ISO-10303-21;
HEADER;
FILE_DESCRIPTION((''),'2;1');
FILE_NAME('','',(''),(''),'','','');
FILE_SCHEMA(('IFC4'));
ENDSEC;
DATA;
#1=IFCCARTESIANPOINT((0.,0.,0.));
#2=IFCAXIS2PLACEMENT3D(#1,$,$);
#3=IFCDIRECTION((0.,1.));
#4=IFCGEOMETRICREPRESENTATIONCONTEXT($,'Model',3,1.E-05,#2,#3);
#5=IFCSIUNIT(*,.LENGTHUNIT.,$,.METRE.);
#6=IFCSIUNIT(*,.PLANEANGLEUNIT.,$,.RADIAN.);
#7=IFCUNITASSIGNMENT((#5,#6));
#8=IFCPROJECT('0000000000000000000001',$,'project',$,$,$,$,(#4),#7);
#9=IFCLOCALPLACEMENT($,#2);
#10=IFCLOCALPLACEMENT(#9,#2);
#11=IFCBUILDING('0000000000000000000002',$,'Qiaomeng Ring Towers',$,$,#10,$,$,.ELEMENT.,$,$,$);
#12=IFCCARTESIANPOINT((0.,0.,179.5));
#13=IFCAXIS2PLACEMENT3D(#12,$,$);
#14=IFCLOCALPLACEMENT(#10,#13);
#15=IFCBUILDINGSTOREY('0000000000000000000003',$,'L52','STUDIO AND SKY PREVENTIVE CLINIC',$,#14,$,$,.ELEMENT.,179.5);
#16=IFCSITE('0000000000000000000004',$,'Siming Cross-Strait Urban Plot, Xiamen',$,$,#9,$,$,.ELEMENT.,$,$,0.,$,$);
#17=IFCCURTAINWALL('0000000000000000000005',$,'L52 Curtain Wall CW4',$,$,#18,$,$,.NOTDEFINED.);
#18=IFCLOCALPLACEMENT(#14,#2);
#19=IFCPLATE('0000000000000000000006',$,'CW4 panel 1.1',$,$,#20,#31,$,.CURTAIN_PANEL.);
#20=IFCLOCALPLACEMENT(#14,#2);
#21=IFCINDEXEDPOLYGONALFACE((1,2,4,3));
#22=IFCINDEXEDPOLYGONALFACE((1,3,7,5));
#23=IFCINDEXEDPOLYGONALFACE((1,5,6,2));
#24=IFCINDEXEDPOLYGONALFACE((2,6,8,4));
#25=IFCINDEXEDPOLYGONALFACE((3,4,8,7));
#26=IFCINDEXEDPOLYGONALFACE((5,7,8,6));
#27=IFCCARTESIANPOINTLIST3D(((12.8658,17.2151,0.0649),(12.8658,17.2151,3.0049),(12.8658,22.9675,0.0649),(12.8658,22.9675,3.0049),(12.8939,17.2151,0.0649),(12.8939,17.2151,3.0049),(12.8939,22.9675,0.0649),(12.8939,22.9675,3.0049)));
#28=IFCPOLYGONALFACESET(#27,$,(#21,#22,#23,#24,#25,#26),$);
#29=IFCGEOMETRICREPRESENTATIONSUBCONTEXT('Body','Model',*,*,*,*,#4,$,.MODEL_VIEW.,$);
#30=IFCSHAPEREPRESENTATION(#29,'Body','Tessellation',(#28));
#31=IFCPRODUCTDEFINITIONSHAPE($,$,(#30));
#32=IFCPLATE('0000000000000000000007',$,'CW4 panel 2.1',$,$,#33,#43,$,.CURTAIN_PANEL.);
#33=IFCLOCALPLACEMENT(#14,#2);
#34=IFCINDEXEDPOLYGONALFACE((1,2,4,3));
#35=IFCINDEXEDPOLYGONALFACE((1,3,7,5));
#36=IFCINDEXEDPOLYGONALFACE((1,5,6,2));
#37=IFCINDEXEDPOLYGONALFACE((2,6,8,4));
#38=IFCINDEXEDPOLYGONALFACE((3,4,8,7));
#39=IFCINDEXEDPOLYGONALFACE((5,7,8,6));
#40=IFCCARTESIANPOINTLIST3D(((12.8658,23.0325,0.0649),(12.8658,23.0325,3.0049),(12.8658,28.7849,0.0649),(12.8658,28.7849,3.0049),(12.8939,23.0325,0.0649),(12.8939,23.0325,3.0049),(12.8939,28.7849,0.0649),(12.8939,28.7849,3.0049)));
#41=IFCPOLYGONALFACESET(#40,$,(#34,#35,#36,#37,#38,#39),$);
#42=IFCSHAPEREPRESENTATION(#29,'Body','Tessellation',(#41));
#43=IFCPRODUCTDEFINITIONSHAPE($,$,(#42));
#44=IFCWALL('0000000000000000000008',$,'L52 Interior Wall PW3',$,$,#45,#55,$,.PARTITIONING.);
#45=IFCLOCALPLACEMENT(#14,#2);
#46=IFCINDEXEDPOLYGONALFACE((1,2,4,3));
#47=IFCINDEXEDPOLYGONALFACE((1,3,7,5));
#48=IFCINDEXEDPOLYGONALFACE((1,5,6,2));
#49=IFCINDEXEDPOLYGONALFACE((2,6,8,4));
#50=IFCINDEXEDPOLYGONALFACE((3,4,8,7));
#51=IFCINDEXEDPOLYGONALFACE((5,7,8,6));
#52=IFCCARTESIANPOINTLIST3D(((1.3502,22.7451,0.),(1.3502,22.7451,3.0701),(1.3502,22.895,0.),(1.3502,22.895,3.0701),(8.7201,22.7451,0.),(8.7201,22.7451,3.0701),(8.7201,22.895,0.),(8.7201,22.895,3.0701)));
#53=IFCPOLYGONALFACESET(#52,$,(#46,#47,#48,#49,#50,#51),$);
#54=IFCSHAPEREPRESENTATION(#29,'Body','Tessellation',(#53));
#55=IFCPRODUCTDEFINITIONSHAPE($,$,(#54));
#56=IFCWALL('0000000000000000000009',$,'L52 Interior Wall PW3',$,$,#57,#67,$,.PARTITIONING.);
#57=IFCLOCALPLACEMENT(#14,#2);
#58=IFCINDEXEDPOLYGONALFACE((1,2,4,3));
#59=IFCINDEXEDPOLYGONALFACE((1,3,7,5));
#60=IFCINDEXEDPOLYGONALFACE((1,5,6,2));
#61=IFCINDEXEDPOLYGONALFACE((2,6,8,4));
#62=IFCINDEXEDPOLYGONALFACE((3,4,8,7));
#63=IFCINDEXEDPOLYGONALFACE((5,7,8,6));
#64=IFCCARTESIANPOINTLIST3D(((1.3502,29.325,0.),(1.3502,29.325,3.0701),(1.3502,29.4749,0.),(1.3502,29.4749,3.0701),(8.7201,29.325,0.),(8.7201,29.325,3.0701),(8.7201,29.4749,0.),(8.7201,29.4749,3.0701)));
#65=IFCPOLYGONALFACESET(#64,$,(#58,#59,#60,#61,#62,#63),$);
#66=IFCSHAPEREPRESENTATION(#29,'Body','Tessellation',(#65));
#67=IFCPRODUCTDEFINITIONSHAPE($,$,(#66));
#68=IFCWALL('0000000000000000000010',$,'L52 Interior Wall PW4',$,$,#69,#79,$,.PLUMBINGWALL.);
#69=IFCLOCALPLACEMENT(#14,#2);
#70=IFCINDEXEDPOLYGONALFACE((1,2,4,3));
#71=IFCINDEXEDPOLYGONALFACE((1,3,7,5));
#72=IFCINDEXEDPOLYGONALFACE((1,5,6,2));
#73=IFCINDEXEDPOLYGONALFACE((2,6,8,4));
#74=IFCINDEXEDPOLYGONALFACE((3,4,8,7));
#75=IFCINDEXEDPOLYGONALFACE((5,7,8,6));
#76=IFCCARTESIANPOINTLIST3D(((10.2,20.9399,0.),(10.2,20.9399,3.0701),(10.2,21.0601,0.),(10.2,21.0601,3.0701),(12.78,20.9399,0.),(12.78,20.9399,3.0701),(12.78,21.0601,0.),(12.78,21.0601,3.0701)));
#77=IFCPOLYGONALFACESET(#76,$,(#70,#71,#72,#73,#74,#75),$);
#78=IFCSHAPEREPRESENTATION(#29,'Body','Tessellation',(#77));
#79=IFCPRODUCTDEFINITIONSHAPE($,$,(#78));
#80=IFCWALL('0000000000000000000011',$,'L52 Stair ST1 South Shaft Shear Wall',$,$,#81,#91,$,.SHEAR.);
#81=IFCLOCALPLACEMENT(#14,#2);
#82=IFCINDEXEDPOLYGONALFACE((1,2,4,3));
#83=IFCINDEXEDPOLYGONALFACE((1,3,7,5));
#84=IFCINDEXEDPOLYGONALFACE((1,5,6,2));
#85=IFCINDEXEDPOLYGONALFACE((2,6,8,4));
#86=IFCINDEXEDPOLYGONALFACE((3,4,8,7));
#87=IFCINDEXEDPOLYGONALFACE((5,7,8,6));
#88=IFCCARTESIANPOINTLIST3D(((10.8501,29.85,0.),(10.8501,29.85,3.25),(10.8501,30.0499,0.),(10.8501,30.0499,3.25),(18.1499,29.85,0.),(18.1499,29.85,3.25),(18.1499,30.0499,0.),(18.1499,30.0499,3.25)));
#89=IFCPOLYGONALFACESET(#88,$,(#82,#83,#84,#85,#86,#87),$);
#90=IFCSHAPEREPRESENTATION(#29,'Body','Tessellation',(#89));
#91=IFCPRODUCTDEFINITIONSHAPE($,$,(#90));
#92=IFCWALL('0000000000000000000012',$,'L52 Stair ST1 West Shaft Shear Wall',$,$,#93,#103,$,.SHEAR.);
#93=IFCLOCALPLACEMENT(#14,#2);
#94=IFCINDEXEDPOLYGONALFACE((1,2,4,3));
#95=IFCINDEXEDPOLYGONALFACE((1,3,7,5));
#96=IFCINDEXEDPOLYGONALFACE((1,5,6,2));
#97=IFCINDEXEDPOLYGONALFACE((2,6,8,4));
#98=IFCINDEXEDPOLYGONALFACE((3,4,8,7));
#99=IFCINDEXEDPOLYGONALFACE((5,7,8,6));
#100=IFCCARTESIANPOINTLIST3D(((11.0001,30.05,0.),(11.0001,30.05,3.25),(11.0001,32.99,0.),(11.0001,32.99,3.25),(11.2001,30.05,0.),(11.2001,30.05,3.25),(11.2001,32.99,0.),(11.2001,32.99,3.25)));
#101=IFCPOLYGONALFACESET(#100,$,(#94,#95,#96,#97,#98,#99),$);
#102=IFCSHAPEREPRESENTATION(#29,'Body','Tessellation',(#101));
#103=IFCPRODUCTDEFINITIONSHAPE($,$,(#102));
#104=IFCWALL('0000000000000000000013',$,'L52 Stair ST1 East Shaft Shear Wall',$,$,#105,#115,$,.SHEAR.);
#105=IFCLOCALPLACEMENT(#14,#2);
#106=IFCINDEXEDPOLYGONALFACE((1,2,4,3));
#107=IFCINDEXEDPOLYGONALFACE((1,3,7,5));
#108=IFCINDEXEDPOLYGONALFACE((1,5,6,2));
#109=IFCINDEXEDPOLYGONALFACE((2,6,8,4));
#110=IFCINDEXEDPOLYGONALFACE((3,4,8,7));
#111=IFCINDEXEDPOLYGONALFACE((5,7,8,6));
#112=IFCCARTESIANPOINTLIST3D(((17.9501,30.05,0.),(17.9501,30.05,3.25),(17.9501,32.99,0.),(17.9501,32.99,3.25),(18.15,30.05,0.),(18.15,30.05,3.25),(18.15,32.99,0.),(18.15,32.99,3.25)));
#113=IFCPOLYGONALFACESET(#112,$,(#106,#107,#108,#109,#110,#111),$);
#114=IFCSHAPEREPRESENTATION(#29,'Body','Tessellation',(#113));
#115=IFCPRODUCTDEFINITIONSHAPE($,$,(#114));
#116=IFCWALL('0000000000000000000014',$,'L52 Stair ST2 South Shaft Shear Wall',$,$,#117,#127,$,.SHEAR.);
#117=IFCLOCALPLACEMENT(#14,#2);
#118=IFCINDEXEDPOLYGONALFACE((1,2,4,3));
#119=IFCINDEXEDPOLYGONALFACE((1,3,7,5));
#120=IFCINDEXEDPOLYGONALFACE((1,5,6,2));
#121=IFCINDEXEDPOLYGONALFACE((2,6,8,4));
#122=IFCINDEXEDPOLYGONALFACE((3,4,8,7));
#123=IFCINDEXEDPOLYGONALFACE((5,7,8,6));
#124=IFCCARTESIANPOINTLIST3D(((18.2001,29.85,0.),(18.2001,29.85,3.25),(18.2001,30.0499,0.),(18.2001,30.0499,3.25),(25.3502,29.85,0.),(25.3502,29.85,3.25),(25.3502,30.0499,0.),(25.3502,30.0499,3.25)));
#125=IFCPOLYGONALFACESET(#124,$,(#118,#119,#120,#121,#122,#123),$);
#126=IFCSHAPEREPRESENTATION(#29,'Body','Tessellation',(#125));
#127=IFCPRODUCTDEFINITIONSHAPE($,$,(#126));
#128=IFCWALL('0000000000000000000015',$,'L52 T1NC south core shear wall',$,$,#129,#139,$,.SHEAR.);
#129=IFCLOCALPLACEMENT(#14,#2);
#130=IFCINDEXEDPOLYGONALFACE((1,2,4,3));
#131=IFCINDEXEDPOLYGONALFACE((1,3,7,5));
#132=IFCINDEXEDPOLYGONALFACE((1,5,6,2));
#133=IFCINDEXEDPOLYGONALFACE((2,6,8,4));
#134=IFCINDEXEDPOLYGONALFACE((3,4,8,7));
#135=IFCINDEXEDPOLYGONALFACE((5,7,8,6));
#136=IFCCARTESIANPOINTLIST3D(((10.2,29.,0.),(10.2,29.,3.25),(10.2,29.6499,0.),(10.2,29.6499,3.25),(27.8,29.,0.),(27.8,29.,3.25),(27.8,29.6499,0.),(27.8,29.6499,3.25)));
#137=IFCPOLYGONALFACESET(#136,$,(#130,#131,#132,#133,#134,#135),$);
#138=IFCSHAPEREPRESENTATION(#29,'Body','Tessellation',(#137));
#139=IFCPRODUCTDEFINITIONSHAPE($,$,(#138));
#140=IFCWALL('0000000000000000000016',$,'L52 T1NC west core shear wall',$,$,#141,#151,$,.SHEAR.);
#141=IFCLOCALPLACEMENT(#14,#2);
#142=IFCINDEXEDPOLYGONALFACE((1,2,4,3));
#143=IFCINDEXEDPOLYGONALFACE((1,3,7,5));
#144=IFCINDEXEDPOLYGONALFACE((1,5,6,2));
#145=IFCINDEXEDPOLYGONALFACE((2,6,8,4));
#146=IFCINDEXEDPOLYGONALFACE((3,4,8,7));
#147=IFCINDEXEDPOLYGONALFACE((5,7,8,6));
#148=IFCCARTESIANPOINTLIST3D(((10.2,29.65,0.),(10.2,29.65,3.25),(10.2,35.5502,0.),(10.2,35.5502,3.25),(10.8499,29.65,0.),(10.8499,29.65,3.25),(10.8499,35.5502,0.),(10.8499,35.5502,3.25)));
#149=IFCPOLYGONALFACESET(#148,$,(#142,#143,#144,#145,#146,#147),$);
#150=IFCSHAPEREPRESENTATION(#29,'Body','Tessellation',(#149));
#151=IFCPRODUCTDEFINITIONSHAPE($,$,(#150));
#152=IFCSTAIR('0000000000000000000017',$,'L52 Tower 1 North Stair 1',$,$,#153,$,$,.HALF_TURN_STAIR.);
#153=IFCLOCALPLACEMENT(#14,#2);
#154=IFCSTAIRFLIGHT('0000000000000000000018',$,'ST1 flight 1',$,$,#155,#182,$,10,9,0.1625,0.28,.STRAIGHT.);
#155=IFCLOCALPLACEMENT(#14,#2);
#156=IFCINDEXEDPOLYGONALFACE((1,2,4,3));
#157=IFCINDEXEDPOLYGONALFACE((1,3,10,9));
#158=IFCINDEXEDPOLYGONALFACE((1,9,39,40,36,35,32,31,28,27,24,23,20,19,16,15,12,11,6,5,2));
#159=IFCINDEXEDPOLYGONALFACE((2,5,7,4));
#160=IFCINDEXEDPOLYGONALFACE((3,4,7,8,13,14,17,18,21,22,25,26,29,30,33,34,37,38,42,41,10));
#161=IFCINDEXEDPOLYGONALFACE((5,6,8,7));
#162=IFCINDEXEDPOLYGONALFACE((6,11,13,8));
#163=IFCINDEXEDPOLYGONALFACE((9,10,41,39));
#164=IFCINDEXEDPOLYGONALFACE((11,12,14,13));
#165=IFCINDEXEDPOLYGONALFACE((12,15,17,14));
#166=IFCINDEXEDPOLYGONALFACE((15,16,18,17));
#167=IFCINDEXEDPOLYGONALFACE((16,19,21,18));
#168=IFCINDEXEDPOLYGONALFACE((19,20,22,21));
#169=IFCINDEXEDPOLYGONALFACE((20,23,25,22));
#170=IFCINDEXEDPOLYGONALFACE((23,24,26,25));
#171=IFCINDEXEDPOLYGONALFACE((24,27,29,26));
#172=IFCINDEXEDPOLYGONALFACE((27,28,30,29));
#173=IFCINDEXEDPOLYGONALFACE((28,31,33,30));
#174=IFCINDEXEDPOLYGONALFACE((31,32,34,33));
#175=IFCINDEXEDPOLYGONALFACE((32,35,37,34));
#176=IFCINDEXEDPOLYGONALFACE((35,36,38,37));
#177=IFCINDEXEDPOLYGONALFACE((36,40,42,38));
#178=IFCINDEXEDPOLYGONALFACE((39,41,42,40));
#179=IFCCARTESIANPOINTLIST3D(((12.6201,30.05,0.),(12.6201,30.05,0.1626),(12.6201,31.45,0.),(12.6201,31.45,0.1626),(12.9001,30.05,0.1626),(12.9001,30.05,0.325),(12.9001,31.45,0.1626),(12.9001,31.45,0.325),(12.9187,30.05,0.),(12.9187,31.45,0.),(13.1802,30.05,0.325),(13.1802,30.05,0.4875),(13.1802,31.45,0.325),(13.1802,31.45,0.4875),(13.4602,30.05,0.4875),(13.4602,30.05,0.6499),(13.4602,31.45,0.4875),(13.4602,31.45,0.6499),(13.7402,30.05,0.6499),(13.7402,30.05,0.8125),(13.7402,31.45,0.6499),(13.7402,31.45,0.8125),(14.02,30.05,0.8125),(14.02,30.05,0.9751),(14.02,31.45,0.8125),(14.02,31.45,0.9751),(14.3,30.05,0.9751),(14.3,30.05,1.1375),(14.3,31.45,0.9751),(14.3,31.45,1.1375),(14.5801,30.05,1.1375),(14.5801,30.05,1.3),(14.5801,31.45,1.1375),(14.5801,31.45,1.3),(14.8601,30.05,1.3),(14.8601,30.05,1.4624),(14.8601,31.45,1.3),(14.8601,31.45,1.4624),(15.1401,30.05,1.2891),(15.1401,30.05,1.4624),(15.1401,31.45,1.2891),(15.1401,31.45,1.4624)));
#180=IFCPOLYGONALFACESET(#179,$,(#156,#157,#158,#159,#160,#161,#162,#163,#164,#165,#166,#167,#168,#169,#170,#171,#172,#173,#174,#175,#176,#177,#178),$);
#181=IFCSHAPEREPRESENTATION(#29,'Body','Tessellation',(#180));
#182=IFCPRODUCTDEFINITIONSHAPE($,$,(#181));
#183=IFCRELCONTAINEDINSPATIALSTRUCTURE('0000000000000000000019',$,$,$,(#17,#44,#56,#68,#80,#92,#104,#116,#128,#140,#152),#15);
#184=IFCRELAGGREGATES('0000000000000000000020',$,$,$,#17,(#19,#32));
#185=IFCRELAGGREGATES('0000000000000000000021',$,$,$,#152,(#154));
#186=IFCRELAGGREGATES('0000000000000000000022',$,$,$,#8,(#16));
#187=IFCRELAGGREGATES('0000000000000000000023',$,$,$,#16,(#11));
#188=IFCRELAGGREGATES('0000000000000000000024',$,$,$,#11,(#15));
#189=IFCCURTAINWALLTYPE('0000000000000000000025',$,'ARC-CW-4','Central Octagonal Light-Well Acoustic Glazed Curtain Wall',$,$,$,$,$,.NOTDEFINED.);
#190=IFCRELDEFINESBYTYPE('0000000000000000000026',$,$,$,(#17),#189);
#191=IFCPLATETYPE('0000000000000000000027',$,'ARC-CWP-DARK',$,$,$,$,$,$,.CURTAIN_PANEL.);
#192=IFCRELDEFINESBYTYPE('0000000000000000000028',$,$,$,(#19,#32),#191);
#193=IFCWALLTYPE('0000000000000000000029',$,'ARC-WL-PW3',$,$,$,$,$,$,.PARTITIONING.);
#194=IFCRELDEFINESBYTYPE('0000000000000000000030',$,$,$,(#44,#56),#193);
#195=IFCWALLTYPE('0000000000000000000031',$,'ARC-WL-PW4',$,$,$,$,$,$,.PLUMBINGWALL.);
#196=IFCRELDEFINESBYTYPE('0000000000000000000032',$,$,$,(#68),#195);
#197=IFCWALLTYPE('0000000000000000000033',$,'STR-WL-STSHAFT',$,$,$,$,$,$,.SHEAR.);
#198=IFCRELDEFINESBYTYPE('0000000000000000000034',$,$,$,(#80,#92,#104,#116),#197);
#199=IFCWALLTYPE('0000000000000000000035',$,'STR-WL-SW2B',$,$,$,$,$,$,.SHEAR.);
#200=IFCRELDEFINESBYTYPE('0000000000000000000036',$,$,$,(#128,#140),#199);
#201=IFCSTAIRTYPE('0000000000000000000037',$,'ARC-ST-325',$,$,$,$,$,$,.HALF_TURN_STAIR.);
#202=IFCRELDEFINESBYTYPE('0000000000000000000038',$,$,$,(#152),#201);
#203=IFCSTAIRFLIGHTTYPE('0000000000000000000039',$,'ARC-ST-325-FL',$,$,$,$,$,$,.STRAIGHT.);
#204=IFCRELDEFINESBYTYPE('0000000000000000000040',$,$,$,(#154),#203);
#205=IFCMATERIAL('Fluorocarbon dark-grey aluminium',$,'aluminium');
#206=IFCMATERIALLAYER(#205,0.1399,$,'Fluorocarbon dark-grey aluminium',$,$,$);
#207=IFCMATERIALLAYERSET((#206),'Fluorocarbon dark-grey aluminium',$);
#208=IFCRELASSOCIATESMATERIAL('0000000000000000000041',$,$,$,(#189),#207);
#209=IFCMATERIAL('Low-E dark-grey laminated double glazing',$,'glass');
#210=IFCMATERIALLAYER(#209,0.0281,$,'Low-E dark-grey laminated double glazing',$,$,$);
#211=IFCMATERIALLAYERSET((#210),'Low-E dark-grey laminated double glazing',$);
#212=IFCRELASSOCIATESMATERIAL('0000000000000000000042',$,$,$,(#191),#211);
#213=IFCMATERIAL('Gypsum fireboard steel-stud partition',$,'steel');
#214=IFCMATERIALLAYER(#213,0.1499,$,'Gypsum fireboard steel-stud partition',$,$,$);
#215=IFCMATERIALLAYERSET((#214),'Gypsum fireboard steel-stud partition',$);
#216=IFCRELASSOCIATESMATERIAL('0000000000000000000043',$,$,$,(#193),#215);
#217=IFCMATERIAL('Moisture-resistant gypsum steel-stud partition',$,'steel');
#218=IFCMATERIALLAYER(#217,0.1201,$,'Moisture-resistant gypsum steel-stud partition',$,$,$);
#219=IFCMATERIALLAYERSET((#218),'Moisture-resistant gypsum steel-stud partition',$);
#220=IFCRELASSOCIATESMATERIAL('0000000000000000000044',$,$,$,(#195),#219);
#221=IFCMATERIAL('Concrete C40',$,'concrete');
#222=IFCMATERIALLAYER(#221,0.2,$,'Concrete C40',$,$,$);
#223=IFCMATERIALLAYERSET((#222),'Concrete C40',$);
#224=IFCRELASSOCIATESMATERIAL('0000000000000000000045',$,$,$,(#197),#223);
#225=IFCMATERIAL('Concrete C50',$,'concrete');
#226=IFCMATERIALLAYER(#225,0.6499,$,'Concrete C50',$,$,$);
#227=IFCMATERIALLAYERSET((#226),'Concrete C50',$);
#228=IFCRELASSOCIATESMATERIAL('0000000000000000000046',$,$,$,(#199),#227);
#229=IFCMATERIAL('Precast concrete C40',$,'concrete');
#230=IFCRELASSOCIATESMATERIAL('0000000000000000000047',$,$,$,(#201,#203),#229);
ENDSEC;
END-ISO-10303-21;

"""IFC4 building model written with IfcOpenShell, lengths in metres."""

from ifc_helpers import new_model, si_unit, direction, frame, frame_2d, origin, origin_2d, place, context, subcontext, project, spatial, polyline, rectangle, outline, extrude, source, transform, mapped, material, layer, layer_set, type_object, element, aggregate, save


model = new_model("IFC4")

# Units and contexts
model_context = context("Model", 3, precision=1e-05, world=origin(), true_north=direction((0.0, 1.0)))
body_context = subcontext(model_context, "Body", "Model", "MODEL_VIEW")
ifc_project = project(units=[si_unit("LENGTHUNIT", "METRE"), si_unit("PLANEANGLEUNIT", "RADIAN")], contexts=[model_context])

# Site, building, storey
site_placement = place(None, origin())
site = spatial("IfcSite", under=ifc_project, at=site_placement, Name="Siming Cross-Strait Urban Plot, Xiamen", CompositionType="ELEMENT", RefElevation=0.0)
building_placement = place(site_placement, origin())
building = spatial("IfcBuilding", under=site, at=building_placement, Name="Qiaomeng Ring Towers", CompositionType="ELEMENT")
storey_placement = place(building_placement, frame((0.0, 0.0, 179.5)))
storey = spatial("IfcBuildingStorey", under=building, at=storey_placement, Name="L52", Description="STUDIO AND SKY PREVENTIVE CLINIC", CompositionType="ELEMENT", Elevation=179.5)

# Shared definitions
ifc_material_1 = material(Name="Concrete C50", Category="concrete")

# Curtain wall
ifc_material_2 = material(Name="Fluorocarbon dark-grey aluminium", Category="aluminium")
ifc_layer_1 = layer(ifc_material_2, 0.1399, Name="Fluorocarbon dark-grey aluminium")
ifc_layer_set_1 = layer_set([ifc_layer_1], Name="Fluorocarbon dark-grey aluminium")
curtain_wall_type = type_object("IfcCurtainWallType", Name="ARC-CW-4", Description="Central Octagonal Light-Well Acoustic Glazed Curtain Wall", PredefinedType="NOTDEFINED", material=ifc_layer_set_1)
curtain_wall_placement = place(storey_placement, origin())
curtain_wall = element("IfcCurtainWall", 1, at=curtain_wall_placement, inside=storey, type_object=curtain_wall_type, Name="L52 Curtain Wall CW4", PredefinedType="NOTDEFINED")

# Plates
ifc_material_3 = material(Name="Low-E dark-grey laminated double glazing", Category="glass")
ifc_layer_2 = layer(ifc_material_3, 0.0281, Name="Low-E dark-grey laminated double glazing")
ifc_layer_set_2 = layer_set([ifc_layer_2], Name="Low-E dark-grey laminated double glazing")
plate_type = type_object("IfcPlateType", Name="ARC-CWP-DARK", PredefinedType="CURTAIN_PANEL", material=ifc_layer_set_2)
shared_shape_1 = source(origin(), body_context, "Body", "SweptSolid", [
    extrude(rectangle(XDim=5.7524, YDim=0.0281, at=origin_2d()), origin(), (0.0, 0.0, 1.0), 2.9399),
])
plate_1_placement = place(storey_placement, frame((12.8799, 20.0913, 0.0649), z_axis=(0.0, 0.0, 1.0), x_axis=(0.0, 1.0, 0.0)))
plate_1 = element("IfcPlate", 2, at=plate_1_placement, type_object=plate_type, Name="CW4 panel 1.1", PredefinedType="CURTAIN_PANEL", context=body_context, shape_type="MappedRepresentation", body=[
    mapped(shared_shape_1, transform((0.0, 0.0, 0.0), x_axis=(1.0, 0.0, 0.0), y_axis=(0.0, 1.0, 0.0), z_axis=(0.0, 0.0, 1.0), scale=1.0)),
])
plate_2_placement = place(storey_placement, frame((12.8799, 25.9087, 0.0649), z_axis=(0.0, 0.0, 1.0), x_axis=(0.0, 1.0, 0.0)))
plate_2 = element("IfcPlate", 3, at=plate_2_placement, type_object=plate_type, Name="CW4 panel 2.1", PredefinedType="CURTAIN_PANEL", context=body_context, shape_type="MappedRepresentation", body=[
    mapped(shared_shape_1, transform((0.0, 0.0, 0.0), x_axis=(1.0, 0.0, 0.0), y_axis=(0.0, 1.0, 0.0), z_axis=(0.0, 0.0, 1.0), scale=1.0)),
])
aggregate(curtain_wall, [plate_1, plate_2])

# Walls
ifc_material_4 = material(Name="Gypsum fireboard steel-stud partition", Category="steel")
ifc_layer_3 = layer(ifc_material_4, 0.1499, Name="Gypsum fireboard steel-stud partition")
ifc_layer_set_3 = layer_set([ifc_layer_3], Name="Gypsum fireboard steel-stud partition")
wall_type_1 = type_object("IfcWallType", Name="ARC-WL-PW3", PredefinedType="PARTITIONING", material=ifc_layer_set_3)
for number, where, z_axis, x_axis, name in (
    (4, (1.3501, 22.8201, 0.0), (0.0, 0.0, 1.0), (1.0, 0.0, 0.0), "L52 Interior Wall PW3"),
    (5, (1.3501, 29.3999, 0.0), (0.0, 0.0, 1.0), (1.0, 0.0, 0.0), "L52 Interior Wall PW3"),
):
    element("IfcWall", number, at=place(storey_placement, frame(where, z_axis=z_axis, x_axis=x_axis)), inside=storey, type_object=wall_type_1, Name=name, PredefinedType="PARTITIONING", context=body_context, shape_type="SweptSolid", body=[
        extrude(rectangle(XDim=7.3699, YDim=0.1499, at=frame_2d((3.6851, 0.0))), origin(), (0.0, 0.0, 1.0), 3.0701),
    ])
ifc_material_5 = material(Name="Moisture-resistant gypsum steel-stud partition", Category="steel")
ifc_layer_4 = layer(ifc_material_5, 0.1201, Name="Moisture-resistant gypsum steel-stud partition")
ifc_layer_set_4 = layer_set([ifc_layer_4], Name="Moisture-resistant gypsum steel-stud partition")
wall_type_2 = type_object("IfcWallType", Name="ARC-WL-PW4", PredefinedType="PLUMBINGWALL", material=ifc_layer_set_4)
wall_1_placement = place(storey_placement, frame((10.2, 21.0, 0.0), z_axis=(0.0, 0.0, 1.0), x_axis=(1.0, 0.0, 0.0)))
element("IfcWall", 6, at=wall_1_placement, inside=storey, type_object=wall_type_2, Name="L52 Interior Wall PW4", PredefinedType="PLUMBINGWALL", context=body_context, shape_type="SweptSolid", body=[
    extrude(rectangle(XDim=2.5801, YDim=0.1201, at=frame_2d((1.29, 0.0))), origin(), (0.0, 0.0, 1.0), 3.0701),
])
ifc_material_6 = material(Name="Concrete C40", Category="concrete")
ifc_layer_5 = layer(ifc_material_6, 0.2, Name="Concrete C40")
ifc_layer_set_5 = layer_set([ifc_layer_5], Name="Concrete C40")
wall_type_3 = type_object("IfcWallType", Name="STR-WL-STSHAFT", PredefinedType="SHEAR", material=ifc_layer_set_5)
wall_2_placement = place(storey_placement, frame((10.8501, 29.95, 0.0), z_axis=(0.0, 0.0, 1.0), x_axis=(1.0, 0.0, 0.0)))
element("IfcWall", 7, at=wall_2_placement, inside=storey, type_object=wall_type_3, Name="L52 Stair ST1 South Shaft Shear Wall", PredefinedType="SHEAR", context=body_context, shape_type="SweptSolid", body=[
    extrude(rectangle(XDim=7.2998, YDim=0.2, at=frame_2d((3.6499, 0.0))), origin(), (0.0, 0.0, 1.0), 3.25),
])
for number, where, z_axis, x_axis, name in (
    (8, (11.1001, 30.05, 0.0), (0.0, 0.0, 1.0), (0.0, 1.0, 0.0), "L52 Stair ST1 West Shaft Shear Wall"),
    (9, (18.05, 30.05, 0.0), (0.0, 0.0, 1.0), (0.0, 1.0, 0.0), "L52 Stair ST1 East Shaft Shear Wall"),
):
    element("IfcWall", number, at=place(storey_placement, frame(where, z_axis=z_axis, x_axis=x_axis)), inside=storey, type_object=wall_type_3, Name=name, PredefinedType="SHEAR", context=body_context, shape_type="SweptSolid", body=[
        extrude(rectangle(XDim=2.9399, YDim=0.2, at=frame_2d((1.47, 0.0))), origin(), (0.0, 0.0, 1.0), 3.25),
    ])
wall_3_placement = place(storey_placement, frame((18.2, 29.95, 0.0), z_axis=(0.0, 0.0, 1.0), x_axis=(1.0, 0.0, 0.0)))
element("IfcWall", 10, at=wall_3_placement, inside=storey, type_object=wall_type_3, Name="L52 Stair ST2 South Shaft Shear Wall", PredefinedType="SHEAR", context=body_context, shape_type="SweptSolid", body=[
    extrude(rectangle(XDim=7.1501, YDim=0.2, at=frame_2d((3.5752, 0.0))), origin(), (0.0, 0.0, 1.0), 3.25),
])
ifc_layer_6 = layer(ifc_material_1, 0.6499, Name="Concrete C50")
ifc_layer_set_6 = layer_set([ifc_layer_6], Name="Concrete C50")
wall_type_4 = type_object("IfcWallType", Name="STR-WL-SW2B", PredefinedType="SHEAR", material=ifc_layer_set_6)
wall_4_placement = place(storey_placement, frame((10.2, 29.325, 0.0), z_axis=(0.0, 0.0, 1.0), x_axis=(1.0, 0.0, 0.0)))
element("IfcWall", 11, at=wall_4_placement, inside=storey, type_object=wall_type_4, Name="L52 T1NC south core shear wall", PredefinedType="SHEAR", context=body_context, shape_type="SweptSolid", body=[
    extrude(rectangle(XDim=17.6001, YDim=0.6499, at=frame_2d((8.8, 0.0))), origin(), (0.0, 0.0, 1.0), 3.25),
])
wall_5_placement = place(storey_placement, frame((10.5249, 29.6499, 0.0), z_axis=(0.0, 0.0, 1.0), x_axis=(0.0, 1.0, 0.0)))
element("IfcWall", 12, at=wall_5_placement, inside=storey, type_object=wall_type_4, Name="L52 T1NC west core shear wall", PredefinedType="SHEAR", context=body_context, shape_type="SweptSolid", body=[
    extrude(rectangle(XDim=5.9001, YDim=0.6499, at=frame_2d((2.9502, 0.0))), origin(), (0.0, 0.0, 1.0), 3.25),
])

# Stair, stair flight
ifc_material_7 = material(Name="Precast concrete C40", Category="concrete")
stair_type = type_object("IfcStairType", Name="ARC-ST-325", PredefinedType="HALF_TURN_STAIR", material=ifc_material_7)
stair_placement = place(storey_placement, origin())
stair = element("IfcStair", 13, at=stair_placement, inside=storey, type_object=stair_type, Name="L52 Tower 1 North Stair 1", PredefinedType="HALF_TURN_STAIR")
stair_flight_type = type_object("IfcStairFlightType", Name="ARC-ST-325-FL", PredefinedType="STRAIGHT", material=ifc_material_7)
shared_shape_2 = source(origin(), body_context, "Body", "SweptSolid", [
    extrude(outline(polyline([(0.0, 0.0), (0.0, 0.1626), (0.28, 0.1626), (0.28, 0.325), (0.5601, 0.325), (0.5601, 0.4875), (0.8401, 0.4875), (0.8401, 0.6499), (1.1201, 0.6499), (1.1201, 0.8125), (1.3999, 0.8125), (1.3999, 0.9751), (1.6799, 0.9751), (1.6799, 1.1375), (1.96, 1.1375), (1.96, 1.3), (2.24, 1.3), (2.24, 1.4624), (2.52, 1.4624), (2.52, 1.625), (2.52, 1.2891), (0.2986, 0.0), (0.0, 0.0)])), frame((0.0, 0.7, 0.0), z_axis=(0.0, -1.0, 0.0), x_axis=(1.0, 0.0, 0.0)), (0.0, 0.0, 1.0), 1.3999),
])
stair_flight_placement = place(storey_placement, frame((12.6201, 30.75, 0.0), z_axis=(0.0, 0.0, 1.0), x_axis=(1.0, 0.0, 0.0)))
stair_flight = element("IfcStairFlight", 14, at=stair_flight_placement, type_object=stair_flight_type, Name="ST1 flight 1", NumberOfRisers=10, NumberOfTreads=9, PredefinedType="STRAIGHT", RiserHeight=0.1625, TreadLength=0.28, context=body_context, shape_type="MappedRepresentation", body=[
    mapped(shared_shape_2, transform((0.0, 0.0, 0.0), x_axis=(1.0, 0.0, 0.0), y_axis=(0.0, 1.0, 0.0), z_axis=(0.0, 0.0, 1.0), scale=1.0)),
])
aggregate(stair, [stair_flight])

save(model, "model.ifc")
